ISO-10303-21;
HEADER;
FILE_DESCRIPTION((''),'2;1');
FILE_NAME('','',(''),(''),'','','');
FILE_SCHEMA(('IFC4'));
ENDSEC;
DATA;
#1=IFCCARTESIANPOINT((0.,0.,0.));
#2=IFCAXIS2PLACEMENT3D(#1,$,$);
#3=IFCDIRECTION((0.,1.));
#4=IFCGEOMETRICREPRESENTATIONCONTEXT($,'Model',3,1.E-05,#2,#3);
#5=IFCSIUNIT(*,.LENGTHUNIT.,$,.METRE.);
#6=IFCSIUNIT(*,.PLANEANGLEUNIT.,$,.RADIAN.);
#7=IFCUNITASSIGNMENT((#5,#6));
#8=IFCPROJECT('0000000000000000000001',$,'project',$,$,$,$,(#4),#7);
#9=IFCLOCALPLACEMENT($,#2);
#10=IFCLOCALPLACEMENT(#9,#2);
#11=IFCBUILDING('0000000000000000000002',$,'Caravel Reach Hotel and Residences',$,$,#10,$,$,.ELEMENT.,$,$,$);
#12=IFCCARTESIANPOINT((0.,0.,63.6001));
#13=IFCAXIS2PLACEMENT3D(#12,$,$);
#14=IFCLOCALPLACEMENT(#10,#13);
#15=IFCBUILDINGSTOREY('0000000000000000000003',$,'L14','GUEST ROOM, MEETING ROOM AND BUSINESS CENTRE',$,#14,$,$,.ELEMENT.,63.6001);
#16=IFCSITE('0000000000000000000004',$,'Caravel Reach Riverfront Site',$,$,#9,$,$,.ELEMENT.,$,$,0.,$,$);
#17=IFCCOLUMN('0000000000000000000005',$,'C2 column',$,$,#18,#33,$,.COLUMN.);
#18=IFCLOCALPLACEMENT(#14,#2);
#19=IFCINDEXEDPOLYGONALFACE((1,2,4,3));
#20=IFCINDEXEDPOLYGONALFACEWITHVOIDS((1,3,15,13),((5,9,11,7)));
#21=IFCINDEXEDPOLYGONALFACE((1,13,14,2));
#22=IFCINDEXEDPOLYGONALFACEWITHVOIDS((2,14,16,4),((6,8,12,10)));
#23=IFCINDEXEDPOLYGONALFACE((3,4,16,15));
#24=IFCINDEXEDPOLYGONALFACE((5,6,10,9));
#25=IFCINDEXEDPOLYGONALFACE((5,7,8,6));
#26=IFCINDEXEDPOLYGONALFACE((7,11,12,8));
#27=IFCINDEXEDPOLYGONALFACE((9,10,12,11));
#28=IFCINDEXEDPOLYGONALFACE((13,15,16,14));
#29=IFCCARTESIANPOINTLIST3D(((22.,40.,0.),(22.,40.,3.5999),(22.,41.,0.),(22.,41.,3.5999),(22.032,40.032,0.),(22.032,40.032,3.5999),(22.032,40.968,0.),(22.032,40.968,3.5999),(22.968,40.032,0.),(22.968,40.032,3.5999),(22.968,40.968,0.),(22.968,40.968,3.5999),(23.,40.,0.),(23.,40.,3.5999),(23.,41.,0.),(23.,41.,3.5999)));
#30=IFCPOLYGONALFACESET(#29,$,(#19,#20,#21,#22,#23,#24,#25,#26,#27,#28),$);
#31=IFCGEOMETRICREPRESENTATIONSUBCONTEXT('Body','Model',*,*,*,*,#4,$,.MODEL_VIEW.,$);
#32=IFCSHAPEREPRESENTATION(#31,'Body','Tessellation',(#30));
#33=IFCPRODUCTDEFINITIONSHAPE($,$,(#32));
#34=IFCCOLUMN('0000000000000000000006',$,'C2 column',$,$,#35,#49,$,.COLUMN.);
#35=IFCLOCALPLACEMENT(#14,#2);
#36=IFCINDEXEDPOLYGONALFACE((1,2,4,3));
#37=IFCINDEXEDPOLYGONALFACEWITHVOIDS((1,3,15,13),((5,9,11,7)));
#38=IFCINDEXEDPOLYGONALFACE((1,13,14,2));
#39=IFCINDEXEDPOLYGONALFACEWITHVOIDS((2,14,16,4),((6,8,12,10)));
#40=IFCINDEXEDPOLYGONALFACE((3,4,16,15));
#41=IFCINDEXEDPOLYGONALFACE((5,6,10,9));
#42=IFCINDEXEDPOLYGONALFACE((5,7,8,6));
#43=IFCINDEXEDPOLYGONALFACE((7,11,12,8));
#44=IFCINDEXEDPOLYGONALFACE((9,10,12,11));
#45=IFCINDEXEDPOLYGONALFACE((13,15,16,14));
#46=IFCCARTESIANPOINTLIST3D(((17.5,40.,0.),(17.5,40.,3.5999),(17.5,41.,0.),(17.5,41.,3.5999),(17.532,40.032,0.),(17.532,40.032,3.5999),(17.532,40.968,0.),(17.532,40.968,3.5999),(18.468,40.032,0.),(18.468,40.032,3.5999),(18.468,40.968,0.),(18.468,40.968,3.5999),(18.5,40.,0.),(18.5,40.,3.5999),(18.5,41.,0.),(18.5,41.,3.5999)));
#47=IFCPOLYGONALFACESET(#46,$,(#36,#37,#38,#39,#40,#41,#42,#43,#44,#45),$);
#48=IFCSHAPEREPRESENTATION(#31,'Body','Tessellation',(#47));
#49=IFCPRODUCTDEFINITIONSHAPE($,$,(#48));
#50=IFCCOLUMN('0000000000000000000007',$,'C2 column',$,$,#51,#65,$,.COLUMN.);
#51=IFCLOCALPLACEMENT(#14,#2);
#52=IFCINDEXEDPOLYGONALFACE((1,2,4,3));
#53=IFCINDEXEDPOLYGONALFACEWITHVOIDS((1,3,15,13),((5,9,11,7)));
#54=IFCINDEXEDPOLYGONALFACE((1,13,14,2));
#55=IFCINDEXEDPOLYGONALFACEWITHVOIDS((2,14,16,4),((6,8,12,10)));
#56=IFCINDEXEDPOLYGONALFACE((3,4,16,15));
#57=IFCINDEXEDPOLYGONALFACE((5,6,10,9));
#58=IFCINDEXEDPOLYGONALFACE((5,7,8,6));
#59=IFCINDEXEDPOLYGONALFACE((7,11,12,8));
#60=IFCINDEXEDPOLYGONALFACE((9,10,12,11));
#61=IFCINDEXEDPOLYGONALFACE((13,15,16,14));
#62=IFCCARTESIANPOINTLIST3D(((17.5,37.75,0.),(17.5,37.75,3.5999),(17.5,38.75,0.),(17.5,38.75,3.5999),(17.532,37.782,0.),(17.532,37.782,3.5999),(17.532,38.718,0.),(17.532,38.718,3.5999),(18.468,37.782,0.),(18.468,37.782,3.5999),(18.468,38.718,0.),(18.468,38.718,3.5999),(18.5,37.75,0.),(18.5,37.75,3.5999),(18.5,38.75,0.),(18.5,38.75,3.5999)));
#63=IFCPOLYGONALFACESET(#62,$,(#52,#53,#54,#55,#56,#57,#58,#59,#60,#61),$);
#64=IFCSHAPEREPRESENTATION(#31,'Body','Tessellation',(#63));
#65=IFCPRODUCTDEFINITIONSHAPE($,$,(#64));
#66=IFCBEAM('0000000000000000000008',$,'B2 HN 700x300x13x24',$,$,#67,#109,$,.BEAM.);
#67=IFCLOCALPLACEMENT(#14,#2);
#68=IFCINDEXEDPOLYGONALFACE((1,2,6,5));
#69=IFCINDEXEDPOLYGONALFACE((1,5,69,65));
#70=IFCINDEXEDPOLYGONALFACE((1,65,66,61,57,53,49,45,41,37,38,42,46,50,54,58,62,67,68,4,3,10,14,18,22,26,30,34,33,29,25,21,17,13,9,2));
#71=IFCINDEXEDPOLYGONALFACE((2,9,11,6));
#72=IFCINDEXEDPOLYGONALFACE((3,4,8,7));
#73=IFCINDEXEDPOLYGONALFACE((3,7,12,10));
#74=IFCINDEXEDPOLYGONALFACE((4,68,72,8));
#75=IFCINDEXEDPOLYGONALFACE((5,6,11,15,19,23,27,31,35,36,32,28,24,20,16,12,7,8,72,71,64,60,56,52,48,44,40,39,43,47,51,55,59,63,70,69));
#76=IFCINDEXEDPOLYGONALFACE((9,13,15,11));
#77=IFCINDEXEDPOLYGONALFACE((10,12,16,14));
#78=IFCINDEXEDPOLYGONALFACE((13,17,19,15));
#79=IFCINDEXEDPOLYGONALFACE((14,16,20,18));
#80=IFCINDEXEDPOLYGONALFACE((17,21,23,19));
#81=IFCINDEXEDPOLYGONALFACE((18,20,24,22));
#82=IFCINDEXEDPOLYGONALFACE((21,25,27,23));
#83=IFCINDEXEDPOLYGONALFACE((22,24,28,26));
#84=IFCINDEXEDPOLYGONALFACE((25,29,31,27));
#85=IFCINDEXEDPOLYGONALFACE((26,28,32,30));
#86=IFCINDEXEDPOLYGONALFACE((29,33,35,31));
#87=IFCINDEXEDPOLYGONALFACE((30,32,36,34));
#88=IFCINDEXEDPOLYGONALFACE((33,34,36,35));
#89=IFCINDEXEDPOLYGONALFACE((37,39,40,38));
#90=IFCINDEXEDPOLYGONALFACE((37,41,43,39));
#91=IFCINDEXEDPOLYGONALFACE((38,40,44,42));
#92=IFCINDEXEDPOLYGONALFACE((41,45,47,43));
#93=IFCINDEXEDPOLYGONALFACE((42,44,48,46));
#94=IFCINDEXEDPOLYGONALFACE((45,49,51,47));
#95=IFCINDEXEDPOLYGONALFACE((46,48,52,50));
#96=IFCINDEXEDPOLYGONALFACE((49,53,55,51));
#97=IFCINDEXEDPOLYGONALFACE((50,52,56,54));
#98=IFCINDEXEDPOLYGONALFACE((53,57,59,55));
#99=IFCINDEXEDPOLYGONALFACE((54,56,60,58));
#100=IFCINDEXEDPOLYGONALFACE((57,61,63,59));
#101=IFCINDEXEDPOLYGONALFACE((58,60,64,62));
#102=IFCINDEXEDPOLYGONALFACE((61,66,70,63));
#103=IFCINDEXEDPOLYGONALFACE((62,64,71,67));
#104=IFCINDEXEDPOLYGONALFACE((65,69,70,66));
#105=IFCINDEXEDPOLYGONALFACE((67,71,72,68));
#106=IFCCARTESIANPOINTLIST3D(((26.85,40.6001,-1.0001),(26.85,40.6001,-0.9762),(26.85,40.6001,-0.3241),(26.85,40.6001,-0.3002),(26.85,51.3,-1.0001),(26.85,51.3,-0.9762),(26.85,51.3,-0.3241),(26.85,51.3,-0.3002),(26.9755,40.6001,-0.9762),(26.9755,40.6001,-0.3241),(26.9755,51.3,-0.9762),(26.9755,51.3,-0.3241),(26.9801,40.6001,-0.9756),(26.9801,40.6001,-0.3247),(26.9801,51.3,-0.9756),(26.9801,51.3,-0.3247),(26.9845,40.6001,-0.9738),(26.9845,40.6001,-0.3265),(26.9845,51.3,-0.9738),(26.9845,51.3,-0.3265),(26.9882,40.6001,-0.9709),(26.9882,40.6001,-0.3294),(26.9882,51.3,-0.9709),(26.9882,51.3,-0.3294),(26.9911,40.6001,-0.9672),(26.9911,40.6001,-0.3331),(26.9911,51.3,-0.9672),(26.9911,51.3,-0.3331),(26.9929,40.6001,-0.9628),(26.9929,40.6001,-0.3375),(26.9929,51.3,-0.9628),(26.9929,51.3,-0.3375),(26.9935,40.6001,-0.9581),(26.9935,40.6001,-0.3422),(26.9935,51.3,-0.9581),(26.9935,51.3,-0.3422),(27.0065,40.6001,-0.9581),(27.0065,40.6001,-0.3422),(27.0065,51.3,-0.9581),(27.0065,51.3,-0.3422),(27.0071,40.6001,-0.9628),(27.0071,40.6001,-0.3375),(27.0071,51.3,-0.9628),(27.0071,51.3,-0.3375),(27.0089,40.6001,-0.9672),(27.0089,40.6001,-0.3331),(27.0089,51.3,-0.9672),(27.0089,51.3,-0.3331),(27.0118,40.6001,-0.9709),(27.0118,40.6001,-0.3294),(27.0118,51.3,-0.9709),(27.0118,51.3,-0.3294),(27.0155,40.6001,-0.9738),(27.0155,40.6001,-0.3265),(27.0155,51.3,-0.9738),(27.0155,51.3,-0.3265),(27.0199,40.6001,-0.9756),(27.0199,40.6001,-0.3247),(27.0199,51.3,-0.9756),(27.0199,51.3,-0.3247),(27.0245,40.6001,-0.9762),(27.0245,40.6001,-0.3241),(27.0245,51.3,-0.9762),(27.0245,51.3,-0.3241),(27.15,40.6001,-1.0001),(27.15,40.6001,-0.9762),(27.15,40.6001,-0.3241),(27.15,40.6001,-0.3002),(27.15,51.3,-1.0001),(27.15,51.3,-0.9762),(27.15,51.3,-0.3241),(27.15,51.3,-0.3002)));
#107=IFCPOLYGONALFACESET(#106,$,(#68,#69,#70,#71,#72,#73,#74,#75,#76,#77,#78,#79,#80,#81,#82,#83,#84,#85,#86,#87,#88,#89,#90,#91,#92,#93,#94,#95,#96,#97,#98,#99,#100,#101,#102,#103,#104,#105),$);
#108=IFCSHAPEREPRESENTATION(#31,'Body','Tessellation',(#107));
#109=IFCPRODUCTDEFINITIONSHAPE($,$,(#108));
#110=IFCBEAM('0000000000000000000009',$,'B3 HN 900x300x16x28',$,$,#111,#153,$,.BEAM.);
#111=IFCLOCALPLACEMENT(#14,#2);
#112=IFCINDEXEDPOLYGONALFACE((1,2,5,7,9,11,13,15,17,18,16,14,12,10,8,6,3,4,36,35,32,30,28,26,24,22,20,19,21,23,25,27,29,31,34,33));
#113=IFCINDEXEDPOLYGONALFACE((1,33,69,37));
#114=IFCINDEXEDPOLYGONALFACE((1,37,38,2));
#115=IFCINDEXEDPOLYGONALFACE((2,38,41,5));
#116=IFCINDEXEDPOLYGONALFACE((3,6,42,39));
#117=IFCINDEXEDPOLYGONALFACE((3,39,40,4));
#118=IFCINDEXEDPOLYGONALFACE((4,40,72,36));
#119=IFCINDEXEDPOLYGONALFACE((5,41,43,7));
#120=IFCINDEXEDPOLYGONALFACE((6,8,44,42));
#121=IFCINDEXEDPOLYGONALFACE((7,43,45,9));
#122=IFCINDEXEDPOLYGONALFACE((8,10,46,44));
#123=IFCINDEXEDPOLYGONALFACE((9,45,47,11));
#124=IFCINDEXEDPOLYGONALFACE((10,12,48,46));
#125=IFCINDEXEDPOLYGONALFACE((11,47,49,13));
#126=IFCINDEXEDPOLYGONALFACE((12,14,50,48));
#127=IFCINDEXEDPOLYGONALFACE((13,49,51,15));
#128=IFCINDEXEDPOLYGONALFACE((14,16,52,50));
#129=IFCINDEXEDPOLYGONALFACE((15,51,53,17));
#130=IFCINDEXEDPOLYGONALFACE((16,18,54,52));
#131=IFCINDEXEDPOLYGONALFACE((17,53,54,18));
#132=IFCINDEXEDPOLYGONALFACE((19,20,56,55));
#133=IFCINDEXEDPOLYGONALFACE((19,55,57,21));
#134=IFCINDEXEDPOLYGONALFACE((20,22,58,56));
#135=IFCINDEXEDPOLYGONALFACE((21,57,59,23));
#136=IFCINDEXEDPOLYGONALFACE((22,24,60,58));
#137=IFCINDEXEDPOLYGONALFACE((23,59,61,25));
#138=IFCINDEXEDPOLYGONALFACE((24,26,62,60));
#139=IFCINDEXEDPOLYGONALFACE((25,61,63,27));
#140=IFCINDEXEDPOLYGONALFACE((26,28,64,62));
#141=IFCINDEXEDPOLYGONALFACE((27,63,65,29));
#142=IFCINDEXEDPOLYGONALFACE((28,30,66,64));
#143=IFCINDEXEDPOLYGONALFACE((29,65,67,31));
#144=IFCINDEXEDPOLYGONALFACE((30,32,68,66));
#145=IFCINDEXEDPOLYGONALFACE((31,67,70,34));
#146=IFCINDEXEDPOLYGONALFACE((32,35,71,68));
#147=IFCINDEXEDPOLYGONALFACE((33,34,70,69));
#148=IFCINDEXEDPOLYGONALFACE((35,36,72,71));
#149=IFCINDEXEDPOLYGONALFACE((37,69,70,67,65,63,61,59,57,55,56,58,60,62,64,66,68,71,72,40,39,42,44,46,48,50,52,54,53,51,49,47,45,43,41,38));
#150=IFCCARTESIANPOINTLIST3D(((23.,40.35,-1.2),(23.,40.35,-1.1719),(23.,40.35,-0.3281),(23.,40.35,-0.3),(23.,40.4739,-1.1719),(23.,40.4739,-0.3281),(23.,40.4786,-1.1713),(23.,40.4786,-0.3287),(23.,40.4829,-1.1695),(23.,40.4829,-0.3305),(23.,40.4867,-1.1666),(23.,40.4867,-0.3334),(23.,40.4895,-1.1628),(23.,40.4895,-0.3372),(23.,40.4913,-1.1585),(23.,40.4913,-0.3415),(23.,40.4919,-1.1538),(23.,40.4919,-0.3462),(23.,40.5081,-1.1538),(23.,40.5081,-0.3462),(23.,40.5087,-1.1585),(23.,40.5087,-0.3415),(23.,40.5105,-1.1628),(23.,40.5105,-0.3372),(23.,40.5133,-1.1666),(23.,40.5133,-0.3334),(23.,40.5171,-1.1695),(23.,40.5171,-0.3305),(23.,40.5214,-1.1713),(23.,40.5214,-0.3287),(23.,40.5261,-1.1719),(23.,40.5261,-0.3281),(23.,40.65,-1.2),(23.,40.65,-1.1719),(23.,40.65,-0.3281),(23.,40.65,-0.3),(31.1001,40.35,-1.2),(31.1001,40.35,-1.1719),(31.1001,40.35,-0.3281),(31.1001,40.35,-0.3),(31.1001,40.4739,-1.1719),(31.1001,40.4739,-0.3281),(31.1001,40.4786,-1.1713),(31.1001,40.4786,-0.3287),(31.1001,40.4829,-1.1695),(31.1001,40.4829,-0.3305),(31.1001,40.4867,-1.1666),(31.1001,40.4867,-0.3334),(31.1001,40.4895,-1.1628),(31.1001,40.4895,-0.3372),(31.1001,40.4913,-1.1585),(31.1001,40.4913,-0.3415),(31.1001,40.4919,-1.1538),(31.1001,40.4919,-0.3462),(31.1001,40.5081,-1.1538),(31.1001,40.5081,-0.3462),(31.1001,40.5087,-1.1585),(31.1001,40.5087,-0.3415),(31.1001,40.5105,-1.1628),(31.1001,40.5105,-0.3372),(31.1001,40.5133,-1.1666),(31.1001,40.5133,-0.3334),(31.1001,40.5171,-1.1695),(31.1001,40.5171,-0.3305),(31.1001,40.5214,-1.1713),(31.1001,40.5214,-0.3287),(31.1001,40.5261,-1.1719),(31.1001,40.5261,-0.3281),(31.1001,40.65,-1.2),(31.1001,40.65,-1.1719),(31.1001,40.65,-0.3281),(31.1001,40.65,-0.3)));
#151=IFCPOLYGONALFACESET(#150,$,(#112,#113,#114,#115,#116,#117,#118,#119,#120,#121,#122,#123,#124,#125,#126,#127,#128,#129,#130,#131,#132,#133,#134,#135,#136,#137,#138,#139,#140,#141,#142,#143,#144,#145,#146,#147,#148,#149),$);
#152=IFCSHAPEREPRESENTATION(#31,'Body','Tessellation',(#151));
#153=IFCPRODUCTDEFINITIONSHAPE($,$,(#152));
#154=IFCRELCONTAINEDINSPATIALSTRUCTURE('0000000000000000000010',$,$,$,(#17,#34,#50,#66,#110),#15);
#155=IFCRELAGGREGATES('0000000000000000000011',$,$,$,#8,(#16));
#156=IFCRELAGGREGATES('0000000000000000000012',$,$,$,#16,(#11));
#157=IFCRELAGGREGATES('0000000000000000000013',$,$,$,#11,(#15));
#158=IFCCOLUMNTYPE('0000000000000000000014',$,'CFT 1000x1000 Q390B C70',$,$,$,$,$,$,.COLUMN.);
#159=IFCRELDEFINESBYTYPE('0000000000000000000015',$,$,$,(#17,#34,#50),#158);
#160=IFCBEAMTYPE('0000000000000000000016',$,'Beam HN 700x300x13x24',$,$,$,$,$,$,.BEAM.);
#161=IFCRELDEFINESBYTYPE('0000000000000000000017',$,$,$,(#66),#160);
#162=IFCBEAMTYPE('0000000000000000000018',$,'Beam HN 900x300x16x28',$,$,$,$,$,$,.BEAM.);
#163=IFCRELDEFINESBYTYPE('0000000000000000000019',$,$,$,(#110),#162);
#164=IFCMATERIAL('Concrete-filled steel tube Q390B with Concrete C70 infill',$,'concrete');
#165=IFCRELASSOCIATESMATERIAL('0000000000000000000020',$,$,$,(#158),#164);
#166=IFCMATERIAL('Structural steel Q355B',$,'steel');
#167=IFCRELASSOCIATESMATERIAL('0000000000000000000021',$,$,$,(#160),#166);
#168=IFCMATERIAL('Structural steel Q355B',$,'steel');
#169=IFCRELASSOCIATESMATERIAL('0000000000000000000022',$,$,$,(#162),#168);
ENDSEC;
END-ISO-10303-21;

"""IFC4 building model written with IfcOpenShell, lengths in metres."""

from ifc_helpers import new_model, si_unit, direction, frame, origin, origin_2d, place, context, subcontext, project, spatial, hollow_rectangle, i_section, extrude, material, material_profile, profile_set, type_object, element, save


model = new_model("IFC4")

# Units and contexts
model_context = context("Model", 3, precision=1e-05, world=origin(), true_north=direction((0.0, 1.0)))
body_context = subcontext(model_context, "Body", "Model", "MODEL_VIEW")
ifc_project = project(units=[si_unit("LENGTHUNIT", "METRE"), si_unit("PLANEANGLEUNIT", "RADIAN")], contexts=[model_context])

# Site, building, storey
site_placement = place(None, origin())
site = spatial("IfcSite", under=ifc_project, at=site_placement, Name="Caravel Reach Riverfront Site", CompositionType="ELEMENT", RefElevation=0.0)
building_placement = place(site_placement, origin())
building = spatial("IfcBuilding", under=site, at=building_placement, Name="Caravel Reach Hotel and Residences", CompositionType="ELEMENT")
storey_placement = place(building_placement, frame((0.0, 0.0, 63.6001)))
storey = spatial("IfcBuildingStorey", under=building, at=storey_placement, Name="L14", Description="GUEST ROOM, MEETING ROOM AND BUSINESS CENTRE", CompositionType="ELEMENT", Elevation=63.6001)

# Columns
ifc_material_1 = material(Name="Concrete-filled steel tube Q390B with Concrete C70 infill", Category="concrete")
ifc_material_profile_1 = material_profile(ifc_material_1, hollow_rectangle(XDim=1.0, YDim=1.0, WallThickness=0.032, at=origin_2d()), Name="RHS 1000x1000x32")
ifc_profile_set_1 = profile_set([ifc_material_profile_1], Name="Concrete-filled steel tube Q390B with Concrete C70 infill")
column_type = type_object("IfcColumnType", Name="CFT 1000x1000 Q390B C70", PredefinedType="COLUMN", material=ifc_profile_set_1)
for number, where, z_axis, x_axis, name in (
    (1, (22.5, 40.5, 0.0), (0.0, 0.0, 1.0), (1.0, 0.0, 0.0), "C2 column"),
    (2, (18.0, 40.5, 0.0), (0.0, 0.0, 1.0), (1.0, 0.0, 0.0), "C2 column"),
    (3, (18.0, 38.25, 0.0), (0.0, 0.0, 1.0), (1.0, 0.0, 0.0), "C2 column"),
):
    element("IfcColumn", number, at=place(storey_placement, frame(where, z_axis=z_axis, x_axis=x_axis)), inside=storey, type_object=column_type, Name=name, PredefinedType="COLUMN", context=body_context, shape_type="SweptSolid", body=[
        extrude(hollow_rectangle(XDim=1.0, YDim=1.0, WallThickness=0.032, at=origin_2d()), origin(), (0.0, 0.0, 1.0), 3.5999),
    ])

# Beams
ifc_material_2 = material(Name="Structural steel Q355B", Category="steel")
ifc_material_profile_2 = material_profile(ifc_material_2, i_section(OverallWidth=0.3, OverallDepth=0.7, WebThickness=0.0129, FlangeThickness=0.0239, FilletRadius=0.0181, at=origin_2d()), Name="HN 700x300x13x24")
ifc_profile_set_2 = profile_set([ifc_material_profile_2], Name="Structural steel Q355B")
beam_type_1 = type_object("IfcBeamType", Name="Beam HN 700x300x13x24", PredefinedType="BEAM", material=ifc_profile_set_2)
beam_1_placement = place(storey_placement, frame((27.0, 40.6001, -0.6501), z_axis=(0.0, 1.0, 0.0), x_axis=(-1.0, 0.0, 0.0)))
element("IfcBeam", 4, at=beam_1_placement, inside=storey, type_object=beam_type_1, Name="B2 HN 700x300x13x24", PredefinedType="BEAM", context=body_context, shape_type="SweptSolid", body=[
    extrude(i_section(OverallWidth=0.3, OverallDepth=0.7, WebThickness=0.0129, FlangeThickness=0.0239, FilletRadius=0.0181, at=origin_2d()), origin(), (0.0, 0.0, 1.0), 10.7),
])
ifc_material_3 = material(Name="Structural steel Q355B", Category="steel")
ifc_material_profile_3 = material_profile(ifc_material_3, i_section(OverallWidth=0.3, OverallDepth=0.8999, WebThickness=0.0161, FlangeThickness=0.0281, FilletRadius=0.0181, at=origin_2d()), Name="HN 900x300x16x28")
ifc_profile_set_3 = profile_set([ifc_material_profile_3], Name="Structural steel Q355B")
beam_type_2 = type_object("IfcBeamType", Name="Beam HN 900x300x16x28", PredefinedType="BEAM", material=ifc_profile_set_3)
beam_2_placement = place(storey_placement, frame((23.0, 40.5, -0.75), z_axis=(1.0, 0.0, 0.0), x_axis=(0.0, 1.0, 0.0)))
element("IfcBeam", 5, at=beam_2_placement, inside=storey, type_object=beam_type_2, Name="B3 HN 900x300x16x28", PredefinedType="BEAM", context=body_context, shape_type="SweptSolid", body=[
    extrude(i_section(OverallWidth=0.3, OverallDepth=0.8999, WebThickness=0.0161, FlangeThickness=0.0281, FilletRadius=0.0181, at=origin_2d()), origin(), (0.0, 0.0, 1.0), 8.1001),
])

save(model, "model.ifc")
